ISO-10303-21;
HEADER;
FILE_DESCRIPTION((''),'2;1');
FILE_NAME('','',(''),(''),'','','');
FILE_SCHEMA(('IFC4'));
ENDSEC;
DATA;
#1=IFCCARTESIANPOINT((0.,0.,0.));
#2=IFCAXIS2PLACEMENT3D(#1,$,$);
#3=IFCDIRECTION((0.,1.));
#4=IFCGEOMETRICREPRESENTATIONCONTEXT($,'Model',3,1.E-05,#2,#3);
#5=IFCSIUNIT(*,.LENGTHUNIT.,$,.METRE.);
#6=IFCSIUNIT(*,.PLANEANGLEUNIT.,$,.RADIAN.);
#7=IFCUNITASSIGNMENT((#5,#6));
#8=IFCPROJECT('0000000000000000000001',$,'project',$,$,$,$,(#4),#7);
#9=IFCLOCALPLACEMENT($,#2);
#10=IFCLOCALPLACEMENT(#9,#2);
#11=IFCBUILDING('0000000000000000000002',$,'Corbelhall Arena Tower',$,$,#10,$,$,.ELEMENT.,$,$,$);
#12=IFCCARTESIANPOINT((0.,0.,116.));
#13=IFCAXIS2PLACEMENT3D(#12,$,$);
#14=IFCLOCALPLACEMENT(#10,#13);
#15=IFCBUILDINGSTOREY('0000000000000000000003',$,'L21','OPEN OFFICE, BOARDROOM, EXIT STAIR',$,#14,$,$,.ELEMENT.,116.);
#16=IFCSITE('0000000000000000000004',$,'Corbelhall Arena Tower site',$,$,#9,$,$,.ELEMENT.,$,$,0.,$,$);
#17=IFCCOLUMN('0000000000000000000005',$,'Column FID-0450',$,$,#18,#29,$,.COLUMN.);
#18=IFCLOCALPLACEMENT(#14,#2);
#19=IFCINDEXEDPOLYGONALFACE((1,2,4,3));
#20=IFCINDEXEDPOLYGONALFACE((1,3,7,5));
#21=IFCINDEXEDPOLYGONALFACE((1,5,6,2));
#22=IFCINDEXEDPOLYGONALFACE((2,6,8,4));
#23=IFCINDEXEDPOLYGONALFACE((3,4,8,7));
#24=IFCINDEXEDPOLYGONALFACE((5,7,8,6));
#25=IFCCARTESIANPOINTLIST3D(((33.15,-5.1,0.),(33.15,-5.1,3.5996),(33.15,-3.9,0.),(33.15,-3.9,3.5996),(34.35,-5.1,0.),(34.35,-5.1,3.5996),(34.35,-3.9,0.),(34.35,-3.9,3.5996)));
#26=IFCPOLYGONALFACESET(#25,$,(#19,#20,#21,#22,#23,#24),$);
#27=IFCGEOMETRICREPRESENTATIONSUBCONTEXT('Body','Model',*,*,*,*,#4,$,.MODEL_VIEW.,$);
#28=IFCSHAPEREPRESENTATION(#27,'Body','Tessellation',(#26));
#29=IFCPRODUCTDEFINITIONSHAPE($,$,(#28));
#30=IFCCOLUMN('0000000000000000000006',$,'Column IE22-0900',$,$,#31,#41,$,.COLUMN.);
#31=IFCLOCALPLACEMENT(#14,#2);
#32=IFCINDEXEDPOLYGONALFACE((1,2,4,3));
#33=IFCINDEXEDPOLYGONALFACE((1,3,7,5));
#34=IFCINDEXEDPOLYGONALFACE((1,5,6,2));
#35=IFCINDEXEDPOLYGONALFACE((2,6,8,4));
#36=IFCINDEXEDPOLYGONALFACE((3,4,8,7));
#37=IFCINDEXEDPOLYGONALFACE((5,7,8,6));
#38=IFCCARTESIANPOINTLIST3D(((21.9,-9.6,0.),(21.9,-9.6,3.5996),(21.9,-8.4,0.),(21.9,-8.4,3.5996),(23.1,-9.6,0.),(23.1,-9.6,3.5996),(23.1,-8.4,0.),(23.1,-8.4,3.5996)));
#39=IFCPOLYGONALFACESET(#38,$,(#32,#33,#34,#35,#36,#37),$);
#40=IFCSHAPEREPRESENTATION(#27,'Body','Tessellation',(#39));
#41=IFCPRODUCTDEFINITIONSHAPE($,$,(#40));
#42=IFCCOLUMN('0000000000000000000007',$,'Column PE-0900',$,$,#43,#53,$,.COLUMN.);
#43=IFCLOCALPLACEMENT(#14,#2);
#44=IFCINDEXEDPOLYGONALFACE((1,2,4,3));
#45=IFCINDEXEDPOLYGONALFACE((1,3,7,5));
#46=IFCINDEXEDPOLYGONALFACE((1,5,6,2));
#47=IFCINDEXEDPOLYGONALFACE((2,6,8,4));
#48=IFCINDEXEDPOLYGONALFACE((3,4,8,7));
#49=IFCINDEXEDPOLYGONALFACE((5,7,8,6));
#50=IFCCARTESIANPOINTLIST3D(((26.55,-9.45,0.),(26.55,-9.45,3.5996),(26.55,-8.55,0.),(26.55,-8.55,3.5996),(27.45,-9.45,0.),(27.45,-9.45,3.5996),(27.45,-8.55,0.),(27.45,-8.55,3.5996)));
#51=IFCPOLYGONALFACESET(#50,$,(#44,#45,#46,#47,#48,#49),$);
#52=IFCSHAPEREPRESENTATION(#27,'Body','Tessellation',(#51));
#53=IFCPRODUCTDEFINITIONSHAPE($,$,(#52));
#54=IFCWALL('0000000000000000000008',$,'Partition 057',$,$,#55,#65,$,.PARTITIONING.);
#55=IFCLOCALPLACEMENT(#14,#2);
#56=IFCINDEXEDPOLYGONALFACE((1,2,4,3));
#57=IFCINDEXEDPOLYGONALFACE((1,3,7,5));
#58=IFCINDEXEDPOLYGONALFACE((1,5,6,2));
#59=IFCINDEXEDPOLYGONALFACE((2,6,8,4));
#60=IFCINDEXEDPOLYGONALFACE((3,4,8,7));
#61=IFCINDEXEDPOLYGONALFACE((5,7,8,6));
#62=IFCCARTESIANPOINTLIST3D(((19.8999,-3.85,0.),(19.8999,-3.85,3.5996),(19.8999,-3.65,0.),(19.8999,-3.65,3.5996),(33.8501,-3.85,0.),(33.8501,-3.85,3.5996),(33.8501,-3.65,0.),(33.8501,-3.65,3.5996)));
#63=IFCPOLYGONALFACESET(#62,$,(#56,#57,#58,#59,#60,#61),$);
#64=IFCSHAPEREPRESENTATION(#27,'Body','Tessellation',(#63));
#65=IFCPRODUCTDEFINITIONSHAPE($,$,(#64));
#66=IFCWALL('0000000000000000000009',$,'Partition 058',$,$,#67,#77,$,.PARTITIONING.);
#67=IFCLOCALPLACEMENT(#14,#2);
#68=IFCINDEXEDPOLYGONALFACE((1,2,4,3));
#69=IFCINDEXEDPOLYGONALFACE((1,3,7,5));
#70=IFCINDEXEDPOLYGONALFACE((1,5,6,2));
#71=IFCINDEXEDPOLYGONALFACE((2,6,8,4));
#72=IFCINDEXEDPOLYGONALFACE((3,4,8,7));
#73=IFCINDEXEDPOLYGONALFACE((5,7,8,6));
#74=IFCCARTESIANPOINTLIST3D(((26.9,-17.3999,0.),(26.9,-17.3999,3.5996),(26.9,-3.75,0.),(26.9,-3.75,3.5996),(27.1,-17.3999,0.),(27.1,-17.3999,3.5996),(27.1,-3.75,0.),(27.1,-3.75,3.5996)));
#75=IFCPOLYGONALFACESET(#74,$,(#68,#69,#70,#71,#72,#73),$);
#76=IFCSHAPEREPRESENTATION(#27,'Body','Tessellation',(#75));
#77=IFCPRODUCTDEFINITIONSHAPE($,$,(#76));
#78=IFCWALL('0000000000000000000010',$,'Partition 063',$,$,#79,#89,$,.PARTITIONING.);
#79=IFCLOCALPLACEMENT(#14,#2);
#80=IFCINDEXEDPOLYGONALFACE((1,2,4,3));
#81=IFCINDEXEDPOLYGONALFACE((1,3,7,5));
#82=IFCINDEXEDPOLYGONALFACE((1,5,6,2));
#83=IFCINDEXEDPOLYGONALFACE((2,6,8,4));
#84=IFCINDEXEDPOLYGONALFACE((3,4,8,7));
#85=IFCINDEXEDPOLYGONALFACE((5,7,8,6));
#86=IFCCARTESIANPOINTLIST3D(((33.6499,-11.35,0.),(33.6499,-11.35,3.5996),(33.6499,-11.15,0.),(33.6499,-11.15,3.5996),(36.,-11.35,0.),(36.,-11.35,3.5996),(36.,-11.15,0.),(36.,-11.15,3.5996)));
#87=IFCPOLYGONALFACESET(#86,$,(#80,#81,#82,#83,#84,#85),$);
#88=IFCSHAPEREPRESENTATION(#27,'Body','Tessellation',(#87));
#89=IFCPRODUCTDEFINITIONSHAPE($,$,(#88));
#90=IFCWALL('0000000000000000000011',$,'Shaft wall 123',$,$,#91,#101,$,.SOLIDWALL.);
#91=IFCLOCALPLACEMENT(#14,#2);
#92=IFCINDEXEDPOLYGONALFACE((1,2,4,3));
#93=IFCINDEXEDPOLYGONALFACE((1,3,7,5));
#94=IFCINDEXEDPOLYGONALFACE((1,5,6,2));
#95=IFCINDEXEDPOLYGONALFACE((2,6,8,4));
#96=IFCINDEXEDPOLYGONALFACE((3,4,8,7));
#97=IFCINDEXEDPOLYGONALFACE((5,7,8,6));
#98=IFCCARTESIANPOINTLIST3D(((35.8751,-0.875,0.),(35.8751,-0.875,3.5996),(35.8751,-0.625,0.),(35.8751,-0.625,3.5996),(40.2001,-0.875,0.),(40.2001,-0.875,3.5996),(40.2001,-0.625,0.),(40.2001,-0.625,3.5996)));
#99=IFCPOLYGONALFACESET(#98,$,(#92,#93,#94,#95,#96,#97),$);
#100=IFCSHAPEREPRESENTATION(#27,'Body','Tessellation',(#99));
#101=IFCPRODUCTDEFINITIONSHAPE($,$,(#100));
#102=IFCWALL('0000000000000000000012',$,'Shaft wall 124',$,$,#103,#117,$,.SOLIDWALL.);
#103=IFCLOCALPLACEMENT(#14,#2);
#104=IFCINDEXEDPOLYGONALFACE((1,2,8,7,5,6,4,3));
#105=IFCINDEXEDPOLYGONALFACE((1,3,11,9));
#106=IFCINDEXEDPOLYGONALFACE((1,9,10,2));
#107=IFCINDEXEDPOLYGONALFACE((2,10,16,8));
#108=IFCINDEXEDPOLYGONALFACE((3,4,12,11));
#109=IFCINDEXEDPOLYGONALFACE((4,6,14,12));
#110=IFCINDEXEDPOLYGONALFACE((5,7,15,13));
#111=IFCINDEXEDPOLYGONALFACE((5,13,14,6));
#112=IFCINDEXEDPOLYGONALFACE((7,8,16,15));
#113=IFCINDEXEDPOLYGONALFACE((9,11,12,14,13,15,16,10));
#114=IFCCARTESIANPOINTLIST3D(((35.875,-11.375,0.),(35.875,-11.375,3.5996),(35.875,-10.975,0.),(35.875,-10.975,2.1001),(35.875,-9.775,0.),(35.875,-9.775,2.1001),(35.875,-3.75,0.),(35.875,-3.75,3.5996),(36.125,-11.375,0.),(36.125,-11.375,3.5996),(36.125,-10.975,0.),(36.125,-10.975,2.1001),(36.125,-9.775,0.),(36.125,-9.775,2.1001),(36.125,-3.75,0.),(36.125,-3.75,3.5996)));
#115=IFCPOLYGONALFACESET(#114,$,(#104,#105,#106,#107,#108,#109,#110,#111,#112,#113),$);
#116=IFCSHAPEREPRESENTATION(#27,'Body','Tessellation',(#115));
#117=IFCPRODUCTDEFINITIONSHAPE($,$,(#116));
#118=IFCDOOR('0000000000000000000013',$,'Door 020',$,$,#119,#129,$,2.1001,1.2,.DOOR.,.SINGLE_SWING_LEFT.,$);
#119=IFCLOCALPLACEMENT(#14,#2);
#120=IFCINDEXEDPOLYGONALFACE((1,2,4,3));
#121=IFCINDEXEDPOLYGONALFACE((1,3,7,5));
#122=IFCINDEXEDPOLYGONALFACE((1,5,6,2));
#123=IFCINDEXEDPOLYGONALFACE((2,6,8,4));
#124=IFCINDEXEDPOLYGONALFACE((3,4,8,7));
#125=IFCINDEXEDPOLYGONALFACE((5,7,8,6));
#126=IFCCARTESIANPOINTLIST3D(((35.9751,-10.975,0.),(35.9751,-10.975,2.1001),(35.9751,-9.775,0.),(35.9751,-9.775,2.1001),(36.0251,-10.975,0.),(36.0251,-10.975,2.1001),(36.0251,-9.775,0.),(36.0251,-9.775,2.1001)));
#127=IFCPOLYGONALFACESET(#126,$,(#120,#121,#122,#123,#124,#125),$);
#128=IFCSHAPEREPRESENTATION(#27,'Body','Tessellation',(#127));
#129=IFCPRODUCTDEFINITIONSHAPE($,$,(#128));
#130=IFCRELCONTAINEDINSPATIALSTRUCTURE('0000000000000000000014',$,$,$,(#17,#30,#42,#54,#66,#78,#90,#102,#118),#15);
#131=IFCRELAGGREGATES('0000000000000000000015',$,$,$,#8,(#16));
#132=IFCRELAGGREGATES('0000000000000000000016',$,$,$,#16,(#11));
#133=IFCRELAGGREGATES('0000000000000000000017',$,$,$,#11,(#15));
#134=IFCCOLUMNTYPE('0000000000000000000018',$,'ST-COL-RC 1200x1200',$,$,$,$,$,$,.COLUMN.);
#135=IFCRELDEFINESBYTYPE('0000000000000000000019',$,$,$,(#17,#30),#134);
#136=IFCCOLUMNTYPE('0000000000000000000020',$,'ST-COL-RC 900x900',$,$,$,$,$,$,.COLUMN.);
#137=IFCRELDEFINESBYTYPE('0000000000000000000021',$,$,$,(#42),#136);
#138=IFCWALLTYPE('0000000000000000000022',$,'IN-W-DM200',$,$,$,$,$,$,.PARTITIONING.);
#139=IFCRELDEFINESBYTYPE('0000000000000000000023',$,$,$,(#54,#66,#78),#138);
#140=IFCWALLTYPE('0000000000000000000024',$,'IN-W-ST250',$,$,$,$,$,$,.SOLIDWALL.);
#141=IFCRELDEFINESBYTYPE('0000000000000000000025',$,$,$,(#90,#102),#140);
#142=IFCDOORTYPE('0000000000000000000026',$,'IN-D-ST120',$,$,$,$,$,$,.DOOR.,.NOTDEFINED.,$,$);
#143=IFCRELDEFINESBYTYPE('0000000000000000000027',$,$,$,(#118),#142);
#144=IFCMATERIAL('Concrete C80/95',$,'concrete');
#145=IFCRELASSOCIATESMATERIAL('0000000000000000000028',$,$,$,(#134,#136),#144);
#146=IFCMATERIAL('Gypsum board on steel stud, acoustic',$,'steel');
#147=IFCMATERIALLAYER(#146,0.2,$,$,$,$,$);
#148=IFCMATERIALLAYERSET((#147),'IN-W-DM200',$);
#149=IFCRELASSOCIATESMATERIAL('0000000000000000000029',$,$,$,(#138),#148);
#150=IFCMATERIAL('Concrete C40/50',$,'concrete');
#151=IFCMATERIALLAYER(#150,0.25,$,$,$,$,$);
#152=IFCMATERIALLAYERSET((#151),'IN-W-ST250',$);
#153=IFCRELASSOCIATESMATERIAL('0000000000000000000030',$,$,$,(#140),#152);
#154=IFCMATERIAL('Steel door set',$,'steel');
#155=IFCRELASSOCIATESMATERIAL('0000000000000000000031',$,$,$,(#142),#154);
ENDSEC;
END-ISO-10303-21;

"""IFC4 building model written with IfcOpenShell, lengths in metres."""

from ifc_helpers import new_model, si_unit, direction, frame, frame_2d, origin, origin_2d, place, context, subcontext, project, spatial, rectangle, extrude, material, layer, layer_set, material_profile, profile_set, type_object, element, fill, save


model = new_model("IFC4")

# Units and contexts
model_context = context("Model", 3, precision=1e-05, world=origin(), true_north=direction((0.0, 1.0)))
body_context = subcontext(model_context, "Body", "Model", "MODEL_VIEW")
ifc_project = project(units=[si_unit("LENGTHUNIT", "METRE"), si_unit("PLANEANGLEUNIT", "RADIAN")], contexts=[model_context])

# Site, building, storey
site_placement = place(None, origin())
site = spatial("IfcSite", under=ifc_project, at=site_placement, Name="Corbelhall Arena Tower site", CompositionType="ELEMENT", RefElevation=0.0)
building_placement = place(site_placement, origin())
building = spatial("IfcBuilding", under=site, at=building_placement, Name="Corbelhall Arena Tower", CompositionType="ELEMENT")
storey_placement = place(building_placement, frame((0.0, 0.0, 116.0)))
storey = spatial("IfcBuildingStorey", under=building, at=storey_placement, Name="L21", Description="OPEN OFFICE, BOARDROOM, EXIT STAIR", CompositionType="ELEMENT", Elevation=116.0)

# Columns
ifc_material_1 = material(Name="Concrete C80/95", Category="concrete")
ifc_material_profile_1 = material_profile(ifc_material_1, rectangle(XDim=1.2, YDim=1.2, at=origin_2d()))
ifc_profile_set_1 = profile_set([ifc_material_profile_1], Name="Concrete C80/95")
column_type_1 = type_object("IfcColumnType", Name="ST-COL-RC 1200x1200", PredefinedType="COLUMN", material=ifc_profile_set_1)
for number, where, z_axis, x_axis, name in (
    (1, (33.75, -4.5, 0.0), (0.0, 0.0, 1.0), (1.0, 0.0, 0.0), "Column FID-0450"),
    (2, (22.5, -9.0, 0.0), (0.0, 0.0, 1.0), (1.0, 0.0, 0.0), "Column IE22-0900"),
):
    element("IfcColumn", number, at=place(storey_placement, frame(where, z_axis=z_axis, x_axis=x_axis)), inside=storey, type_object=column_type_1, Name=name, PredefinedType="COLUMN", context=body_context, shape_type="SweptSolid", body=[
        extrude(rectangle(XDim=1.2, YDim=1.2, at=origin_2d()), origin(), (0.0, 0.0, 1.0), 3.5996),
    ])
ifc_material_profile_2 = material_profile(ifc_material_1, rectangle(XDim=0.8999, YDim=0.8999, at=origin_2d()))
ifc_profile_set_2 = profile_set([ifc_material_profile_2], Name="Concrete C80/95")
column_type_2 = type_object("IfcColumnType", Name="ST-COL-RC 900x900", PredefinedType="COLUMN", material=ifc_profile_set_2)
column_placement = place(storey_placement, frame((27.0, -9.0, 0.0), z_axis=(0.0, 0.0, 1.0), x_axis=(1.0, 0.0, 0.0)))
element("IfcColumn", 3, at=column_placement, inside=storey, type_object=column_type_2, Name="Column PE-0900", PredefinedType="COLUMN", context=body_context, shape_type="SweptSolid", body=[
    extrude(rectangle(XDim=0.8999, YDim=0.8999, at=origin_2d()), origin(), (0.0, 0.0, 1.0), 3.5996),
])

# Shared definitions
ifc_material_2 = material(Name="Gypsum board on steel stud, acoustic", Category="steel")
ifc_layer_1 = layer(ifc_material_2, 0.2)
ifc_layer_set_1 = layer_set([ifc_layer_1], Name="IN-W-DM200")
wall_type_1 = type_object("IfcWallType", Name="IN-W-DM200", PredefinedType="PARTITIONING", material=ifc_layer_set_1)
ifc_material_3 = material(Name="Steel door set", Category="steel")

# Walls
wall_1_placement = place(storey_placement, frame((33.8501, -3.75, 0.0), z_axis=(0.0, 0.0, 1.0), x_axis=(-1.0, 0.0, 0.0)))
element("IfcWall", 4, at=wall_1_placement, inside=storey, type_object=wall_type_1, Name="Partition 057", PredefinedType="PARTITIONING", context=body_context, shape_type="SweptSolid", body=[
    extrude(rectangle(XDim=13.9502, YDim=0.2, at=frame_2d((6.9751, 0.0))), origin(), (0.0, 0.0, 1.0), 3.5996),
])
wall_2_placement = place(storey_placement, frame((27.0, -3.75, 0.0), z_axis=(0.0, 0.0, 1.0), x_axis=(0.0, -1.0, 0.0)))
element("IfcWall", 5, at=wall_2_placement, inside=storey, type_object=wall_type_1, Name="Partition 058", PredefinedType="PARTITIONING", context=body_context, shape_type="SweptSolid", body=[
    extrude(rectangle(XDim=13.6499, YDim=0.2, at=frame_2d((6.825, 0.0))), origin(), (0.0, 0.0, 1.0), 3.5996),
])

# Walls
wall_3_placement = place(storey_placement, frame((36.0, -11.25, 0.0), z_axis=(0.0, 0.0, 1.0), x_axis=(-1.0, 0.0, 0.0)))
element("IfcWall", 6, at=wall_3_placement, inside=storey, type_object=wall_type_1, Name="Partition 063", PredefinedType="PARTITIONING", context=body_context, shape_type="SweptSolid", body=[
    extrude(rectangle(XDim=2.3501, YDim=0.2, at=frame_2d((1.175, 0.0))), origin(), (0.0, 0.0, 1.0), 3.5996),
])
ifc_material_4 = material(Name="Concrete C40/50", Category="concrete")
ifc_layer_2 = layer(ifc_material_4, 0.25)
ifc_layer_set_2 = layer_set([ifc_layer_2], Name="IN-W-ST250")
wall_type_2 = type_object("IfcWallType", Name="IN-W-ST250", PredefinedType="SOLIDWALL", material=ifc_layer_set_2)
wall_4_placement = place(storey_placement, frame((35.875, -0.75, 0.0), z_axis=(0.0, 0.0, 1.0), x_axis=(1.0, 0.0, 0.0)))
element("IfcWall", 7, at=wall_4_placement, inside=storey, type_object=wall_type_2, Name="Shaft wall 123", PredefinedType="SOLIDWALL", context=body_context, shape_type="SweptSolid", body=[
    extrude(rectangle(XDim=4.325, YDim=0.25, at=frame_2d((2.1626, 0.0))), origin(), (0.0, 0.0, 1.0), 3.5996),
])

# Wall, opening, door
wall_5_placement = place(storey_placement, frame((36.0, -11.375, 0.0), z_axis=(0.0, 0.0, 1.0), x_axis=(0.0, 1.0, 0.0)))
wall_5 = element("IfcWall", 8, at=wall_5_placement, inside=storey, type_object=wall_type_2, Name="Shaft wall 124", PredefinedType="SOLIDWALL", context=body_context, shape_type="SweptSolid", body=[
    extrude(rectangle(XDim=7.625, YDim=0.25, at=frame_2d((3.8125, 0.0))), origin(), (0.0, 0.0, 1.0), 3.5996),
])
opening_1_placement = place(wall_5_placement, frame((0.3999, 0.0, 0.0)))
opening_1 = element("IfcOpeningElement", 9, at=opening_1_placement, cuts=wall_5, PredefinedType="OPENING", context=body_context, shape_type="SweptSolid", body=[
    extrude(rectangle(XDim=1.2, YDim=2.1001, at=frame_2d((0.6001, 1.05))), frame((0.0, 0.125, 0.0), z_axis=(0.0, -1.0, 0.0), x_axis=(1.0, 0.0, 0.0)), (0.0, 0.0, 1.0), 0.25),
])
door_type_1 = type_object("IfcDoorType", Name="IN-D-ST120", OperationType="NOTDEFINED", PredefinedType="DOOR", material=ifc_material_3)
door_1_placement = place(opening_1_placement, origin())
door_1 = element("IfcDoor", 10, at=door_1_placement, inside=storey, type_object=door_type_1, Name="Door 020", OperationType="SINGLE_SWING_LEFT", OverallHeight=2.1001, OverallWidth=1.2, PredefinedType="DOOR", context=body_context, shape_type="SweptSolid", body=[
    extrude(rectangle(XDim=1.2, YDim=2.1001, at=frame_2d((0.6001, 1.05))), frame((0.0, 0.0249, 0.0), z_axis=(0.0, -1.0, 0.0), x_axis=(1.0, 0.0, 0.0)), (0.0, 0.0, 1.0), 0.05),
])
fill(opening_1, door_1)

save(model, "model.ifc")
